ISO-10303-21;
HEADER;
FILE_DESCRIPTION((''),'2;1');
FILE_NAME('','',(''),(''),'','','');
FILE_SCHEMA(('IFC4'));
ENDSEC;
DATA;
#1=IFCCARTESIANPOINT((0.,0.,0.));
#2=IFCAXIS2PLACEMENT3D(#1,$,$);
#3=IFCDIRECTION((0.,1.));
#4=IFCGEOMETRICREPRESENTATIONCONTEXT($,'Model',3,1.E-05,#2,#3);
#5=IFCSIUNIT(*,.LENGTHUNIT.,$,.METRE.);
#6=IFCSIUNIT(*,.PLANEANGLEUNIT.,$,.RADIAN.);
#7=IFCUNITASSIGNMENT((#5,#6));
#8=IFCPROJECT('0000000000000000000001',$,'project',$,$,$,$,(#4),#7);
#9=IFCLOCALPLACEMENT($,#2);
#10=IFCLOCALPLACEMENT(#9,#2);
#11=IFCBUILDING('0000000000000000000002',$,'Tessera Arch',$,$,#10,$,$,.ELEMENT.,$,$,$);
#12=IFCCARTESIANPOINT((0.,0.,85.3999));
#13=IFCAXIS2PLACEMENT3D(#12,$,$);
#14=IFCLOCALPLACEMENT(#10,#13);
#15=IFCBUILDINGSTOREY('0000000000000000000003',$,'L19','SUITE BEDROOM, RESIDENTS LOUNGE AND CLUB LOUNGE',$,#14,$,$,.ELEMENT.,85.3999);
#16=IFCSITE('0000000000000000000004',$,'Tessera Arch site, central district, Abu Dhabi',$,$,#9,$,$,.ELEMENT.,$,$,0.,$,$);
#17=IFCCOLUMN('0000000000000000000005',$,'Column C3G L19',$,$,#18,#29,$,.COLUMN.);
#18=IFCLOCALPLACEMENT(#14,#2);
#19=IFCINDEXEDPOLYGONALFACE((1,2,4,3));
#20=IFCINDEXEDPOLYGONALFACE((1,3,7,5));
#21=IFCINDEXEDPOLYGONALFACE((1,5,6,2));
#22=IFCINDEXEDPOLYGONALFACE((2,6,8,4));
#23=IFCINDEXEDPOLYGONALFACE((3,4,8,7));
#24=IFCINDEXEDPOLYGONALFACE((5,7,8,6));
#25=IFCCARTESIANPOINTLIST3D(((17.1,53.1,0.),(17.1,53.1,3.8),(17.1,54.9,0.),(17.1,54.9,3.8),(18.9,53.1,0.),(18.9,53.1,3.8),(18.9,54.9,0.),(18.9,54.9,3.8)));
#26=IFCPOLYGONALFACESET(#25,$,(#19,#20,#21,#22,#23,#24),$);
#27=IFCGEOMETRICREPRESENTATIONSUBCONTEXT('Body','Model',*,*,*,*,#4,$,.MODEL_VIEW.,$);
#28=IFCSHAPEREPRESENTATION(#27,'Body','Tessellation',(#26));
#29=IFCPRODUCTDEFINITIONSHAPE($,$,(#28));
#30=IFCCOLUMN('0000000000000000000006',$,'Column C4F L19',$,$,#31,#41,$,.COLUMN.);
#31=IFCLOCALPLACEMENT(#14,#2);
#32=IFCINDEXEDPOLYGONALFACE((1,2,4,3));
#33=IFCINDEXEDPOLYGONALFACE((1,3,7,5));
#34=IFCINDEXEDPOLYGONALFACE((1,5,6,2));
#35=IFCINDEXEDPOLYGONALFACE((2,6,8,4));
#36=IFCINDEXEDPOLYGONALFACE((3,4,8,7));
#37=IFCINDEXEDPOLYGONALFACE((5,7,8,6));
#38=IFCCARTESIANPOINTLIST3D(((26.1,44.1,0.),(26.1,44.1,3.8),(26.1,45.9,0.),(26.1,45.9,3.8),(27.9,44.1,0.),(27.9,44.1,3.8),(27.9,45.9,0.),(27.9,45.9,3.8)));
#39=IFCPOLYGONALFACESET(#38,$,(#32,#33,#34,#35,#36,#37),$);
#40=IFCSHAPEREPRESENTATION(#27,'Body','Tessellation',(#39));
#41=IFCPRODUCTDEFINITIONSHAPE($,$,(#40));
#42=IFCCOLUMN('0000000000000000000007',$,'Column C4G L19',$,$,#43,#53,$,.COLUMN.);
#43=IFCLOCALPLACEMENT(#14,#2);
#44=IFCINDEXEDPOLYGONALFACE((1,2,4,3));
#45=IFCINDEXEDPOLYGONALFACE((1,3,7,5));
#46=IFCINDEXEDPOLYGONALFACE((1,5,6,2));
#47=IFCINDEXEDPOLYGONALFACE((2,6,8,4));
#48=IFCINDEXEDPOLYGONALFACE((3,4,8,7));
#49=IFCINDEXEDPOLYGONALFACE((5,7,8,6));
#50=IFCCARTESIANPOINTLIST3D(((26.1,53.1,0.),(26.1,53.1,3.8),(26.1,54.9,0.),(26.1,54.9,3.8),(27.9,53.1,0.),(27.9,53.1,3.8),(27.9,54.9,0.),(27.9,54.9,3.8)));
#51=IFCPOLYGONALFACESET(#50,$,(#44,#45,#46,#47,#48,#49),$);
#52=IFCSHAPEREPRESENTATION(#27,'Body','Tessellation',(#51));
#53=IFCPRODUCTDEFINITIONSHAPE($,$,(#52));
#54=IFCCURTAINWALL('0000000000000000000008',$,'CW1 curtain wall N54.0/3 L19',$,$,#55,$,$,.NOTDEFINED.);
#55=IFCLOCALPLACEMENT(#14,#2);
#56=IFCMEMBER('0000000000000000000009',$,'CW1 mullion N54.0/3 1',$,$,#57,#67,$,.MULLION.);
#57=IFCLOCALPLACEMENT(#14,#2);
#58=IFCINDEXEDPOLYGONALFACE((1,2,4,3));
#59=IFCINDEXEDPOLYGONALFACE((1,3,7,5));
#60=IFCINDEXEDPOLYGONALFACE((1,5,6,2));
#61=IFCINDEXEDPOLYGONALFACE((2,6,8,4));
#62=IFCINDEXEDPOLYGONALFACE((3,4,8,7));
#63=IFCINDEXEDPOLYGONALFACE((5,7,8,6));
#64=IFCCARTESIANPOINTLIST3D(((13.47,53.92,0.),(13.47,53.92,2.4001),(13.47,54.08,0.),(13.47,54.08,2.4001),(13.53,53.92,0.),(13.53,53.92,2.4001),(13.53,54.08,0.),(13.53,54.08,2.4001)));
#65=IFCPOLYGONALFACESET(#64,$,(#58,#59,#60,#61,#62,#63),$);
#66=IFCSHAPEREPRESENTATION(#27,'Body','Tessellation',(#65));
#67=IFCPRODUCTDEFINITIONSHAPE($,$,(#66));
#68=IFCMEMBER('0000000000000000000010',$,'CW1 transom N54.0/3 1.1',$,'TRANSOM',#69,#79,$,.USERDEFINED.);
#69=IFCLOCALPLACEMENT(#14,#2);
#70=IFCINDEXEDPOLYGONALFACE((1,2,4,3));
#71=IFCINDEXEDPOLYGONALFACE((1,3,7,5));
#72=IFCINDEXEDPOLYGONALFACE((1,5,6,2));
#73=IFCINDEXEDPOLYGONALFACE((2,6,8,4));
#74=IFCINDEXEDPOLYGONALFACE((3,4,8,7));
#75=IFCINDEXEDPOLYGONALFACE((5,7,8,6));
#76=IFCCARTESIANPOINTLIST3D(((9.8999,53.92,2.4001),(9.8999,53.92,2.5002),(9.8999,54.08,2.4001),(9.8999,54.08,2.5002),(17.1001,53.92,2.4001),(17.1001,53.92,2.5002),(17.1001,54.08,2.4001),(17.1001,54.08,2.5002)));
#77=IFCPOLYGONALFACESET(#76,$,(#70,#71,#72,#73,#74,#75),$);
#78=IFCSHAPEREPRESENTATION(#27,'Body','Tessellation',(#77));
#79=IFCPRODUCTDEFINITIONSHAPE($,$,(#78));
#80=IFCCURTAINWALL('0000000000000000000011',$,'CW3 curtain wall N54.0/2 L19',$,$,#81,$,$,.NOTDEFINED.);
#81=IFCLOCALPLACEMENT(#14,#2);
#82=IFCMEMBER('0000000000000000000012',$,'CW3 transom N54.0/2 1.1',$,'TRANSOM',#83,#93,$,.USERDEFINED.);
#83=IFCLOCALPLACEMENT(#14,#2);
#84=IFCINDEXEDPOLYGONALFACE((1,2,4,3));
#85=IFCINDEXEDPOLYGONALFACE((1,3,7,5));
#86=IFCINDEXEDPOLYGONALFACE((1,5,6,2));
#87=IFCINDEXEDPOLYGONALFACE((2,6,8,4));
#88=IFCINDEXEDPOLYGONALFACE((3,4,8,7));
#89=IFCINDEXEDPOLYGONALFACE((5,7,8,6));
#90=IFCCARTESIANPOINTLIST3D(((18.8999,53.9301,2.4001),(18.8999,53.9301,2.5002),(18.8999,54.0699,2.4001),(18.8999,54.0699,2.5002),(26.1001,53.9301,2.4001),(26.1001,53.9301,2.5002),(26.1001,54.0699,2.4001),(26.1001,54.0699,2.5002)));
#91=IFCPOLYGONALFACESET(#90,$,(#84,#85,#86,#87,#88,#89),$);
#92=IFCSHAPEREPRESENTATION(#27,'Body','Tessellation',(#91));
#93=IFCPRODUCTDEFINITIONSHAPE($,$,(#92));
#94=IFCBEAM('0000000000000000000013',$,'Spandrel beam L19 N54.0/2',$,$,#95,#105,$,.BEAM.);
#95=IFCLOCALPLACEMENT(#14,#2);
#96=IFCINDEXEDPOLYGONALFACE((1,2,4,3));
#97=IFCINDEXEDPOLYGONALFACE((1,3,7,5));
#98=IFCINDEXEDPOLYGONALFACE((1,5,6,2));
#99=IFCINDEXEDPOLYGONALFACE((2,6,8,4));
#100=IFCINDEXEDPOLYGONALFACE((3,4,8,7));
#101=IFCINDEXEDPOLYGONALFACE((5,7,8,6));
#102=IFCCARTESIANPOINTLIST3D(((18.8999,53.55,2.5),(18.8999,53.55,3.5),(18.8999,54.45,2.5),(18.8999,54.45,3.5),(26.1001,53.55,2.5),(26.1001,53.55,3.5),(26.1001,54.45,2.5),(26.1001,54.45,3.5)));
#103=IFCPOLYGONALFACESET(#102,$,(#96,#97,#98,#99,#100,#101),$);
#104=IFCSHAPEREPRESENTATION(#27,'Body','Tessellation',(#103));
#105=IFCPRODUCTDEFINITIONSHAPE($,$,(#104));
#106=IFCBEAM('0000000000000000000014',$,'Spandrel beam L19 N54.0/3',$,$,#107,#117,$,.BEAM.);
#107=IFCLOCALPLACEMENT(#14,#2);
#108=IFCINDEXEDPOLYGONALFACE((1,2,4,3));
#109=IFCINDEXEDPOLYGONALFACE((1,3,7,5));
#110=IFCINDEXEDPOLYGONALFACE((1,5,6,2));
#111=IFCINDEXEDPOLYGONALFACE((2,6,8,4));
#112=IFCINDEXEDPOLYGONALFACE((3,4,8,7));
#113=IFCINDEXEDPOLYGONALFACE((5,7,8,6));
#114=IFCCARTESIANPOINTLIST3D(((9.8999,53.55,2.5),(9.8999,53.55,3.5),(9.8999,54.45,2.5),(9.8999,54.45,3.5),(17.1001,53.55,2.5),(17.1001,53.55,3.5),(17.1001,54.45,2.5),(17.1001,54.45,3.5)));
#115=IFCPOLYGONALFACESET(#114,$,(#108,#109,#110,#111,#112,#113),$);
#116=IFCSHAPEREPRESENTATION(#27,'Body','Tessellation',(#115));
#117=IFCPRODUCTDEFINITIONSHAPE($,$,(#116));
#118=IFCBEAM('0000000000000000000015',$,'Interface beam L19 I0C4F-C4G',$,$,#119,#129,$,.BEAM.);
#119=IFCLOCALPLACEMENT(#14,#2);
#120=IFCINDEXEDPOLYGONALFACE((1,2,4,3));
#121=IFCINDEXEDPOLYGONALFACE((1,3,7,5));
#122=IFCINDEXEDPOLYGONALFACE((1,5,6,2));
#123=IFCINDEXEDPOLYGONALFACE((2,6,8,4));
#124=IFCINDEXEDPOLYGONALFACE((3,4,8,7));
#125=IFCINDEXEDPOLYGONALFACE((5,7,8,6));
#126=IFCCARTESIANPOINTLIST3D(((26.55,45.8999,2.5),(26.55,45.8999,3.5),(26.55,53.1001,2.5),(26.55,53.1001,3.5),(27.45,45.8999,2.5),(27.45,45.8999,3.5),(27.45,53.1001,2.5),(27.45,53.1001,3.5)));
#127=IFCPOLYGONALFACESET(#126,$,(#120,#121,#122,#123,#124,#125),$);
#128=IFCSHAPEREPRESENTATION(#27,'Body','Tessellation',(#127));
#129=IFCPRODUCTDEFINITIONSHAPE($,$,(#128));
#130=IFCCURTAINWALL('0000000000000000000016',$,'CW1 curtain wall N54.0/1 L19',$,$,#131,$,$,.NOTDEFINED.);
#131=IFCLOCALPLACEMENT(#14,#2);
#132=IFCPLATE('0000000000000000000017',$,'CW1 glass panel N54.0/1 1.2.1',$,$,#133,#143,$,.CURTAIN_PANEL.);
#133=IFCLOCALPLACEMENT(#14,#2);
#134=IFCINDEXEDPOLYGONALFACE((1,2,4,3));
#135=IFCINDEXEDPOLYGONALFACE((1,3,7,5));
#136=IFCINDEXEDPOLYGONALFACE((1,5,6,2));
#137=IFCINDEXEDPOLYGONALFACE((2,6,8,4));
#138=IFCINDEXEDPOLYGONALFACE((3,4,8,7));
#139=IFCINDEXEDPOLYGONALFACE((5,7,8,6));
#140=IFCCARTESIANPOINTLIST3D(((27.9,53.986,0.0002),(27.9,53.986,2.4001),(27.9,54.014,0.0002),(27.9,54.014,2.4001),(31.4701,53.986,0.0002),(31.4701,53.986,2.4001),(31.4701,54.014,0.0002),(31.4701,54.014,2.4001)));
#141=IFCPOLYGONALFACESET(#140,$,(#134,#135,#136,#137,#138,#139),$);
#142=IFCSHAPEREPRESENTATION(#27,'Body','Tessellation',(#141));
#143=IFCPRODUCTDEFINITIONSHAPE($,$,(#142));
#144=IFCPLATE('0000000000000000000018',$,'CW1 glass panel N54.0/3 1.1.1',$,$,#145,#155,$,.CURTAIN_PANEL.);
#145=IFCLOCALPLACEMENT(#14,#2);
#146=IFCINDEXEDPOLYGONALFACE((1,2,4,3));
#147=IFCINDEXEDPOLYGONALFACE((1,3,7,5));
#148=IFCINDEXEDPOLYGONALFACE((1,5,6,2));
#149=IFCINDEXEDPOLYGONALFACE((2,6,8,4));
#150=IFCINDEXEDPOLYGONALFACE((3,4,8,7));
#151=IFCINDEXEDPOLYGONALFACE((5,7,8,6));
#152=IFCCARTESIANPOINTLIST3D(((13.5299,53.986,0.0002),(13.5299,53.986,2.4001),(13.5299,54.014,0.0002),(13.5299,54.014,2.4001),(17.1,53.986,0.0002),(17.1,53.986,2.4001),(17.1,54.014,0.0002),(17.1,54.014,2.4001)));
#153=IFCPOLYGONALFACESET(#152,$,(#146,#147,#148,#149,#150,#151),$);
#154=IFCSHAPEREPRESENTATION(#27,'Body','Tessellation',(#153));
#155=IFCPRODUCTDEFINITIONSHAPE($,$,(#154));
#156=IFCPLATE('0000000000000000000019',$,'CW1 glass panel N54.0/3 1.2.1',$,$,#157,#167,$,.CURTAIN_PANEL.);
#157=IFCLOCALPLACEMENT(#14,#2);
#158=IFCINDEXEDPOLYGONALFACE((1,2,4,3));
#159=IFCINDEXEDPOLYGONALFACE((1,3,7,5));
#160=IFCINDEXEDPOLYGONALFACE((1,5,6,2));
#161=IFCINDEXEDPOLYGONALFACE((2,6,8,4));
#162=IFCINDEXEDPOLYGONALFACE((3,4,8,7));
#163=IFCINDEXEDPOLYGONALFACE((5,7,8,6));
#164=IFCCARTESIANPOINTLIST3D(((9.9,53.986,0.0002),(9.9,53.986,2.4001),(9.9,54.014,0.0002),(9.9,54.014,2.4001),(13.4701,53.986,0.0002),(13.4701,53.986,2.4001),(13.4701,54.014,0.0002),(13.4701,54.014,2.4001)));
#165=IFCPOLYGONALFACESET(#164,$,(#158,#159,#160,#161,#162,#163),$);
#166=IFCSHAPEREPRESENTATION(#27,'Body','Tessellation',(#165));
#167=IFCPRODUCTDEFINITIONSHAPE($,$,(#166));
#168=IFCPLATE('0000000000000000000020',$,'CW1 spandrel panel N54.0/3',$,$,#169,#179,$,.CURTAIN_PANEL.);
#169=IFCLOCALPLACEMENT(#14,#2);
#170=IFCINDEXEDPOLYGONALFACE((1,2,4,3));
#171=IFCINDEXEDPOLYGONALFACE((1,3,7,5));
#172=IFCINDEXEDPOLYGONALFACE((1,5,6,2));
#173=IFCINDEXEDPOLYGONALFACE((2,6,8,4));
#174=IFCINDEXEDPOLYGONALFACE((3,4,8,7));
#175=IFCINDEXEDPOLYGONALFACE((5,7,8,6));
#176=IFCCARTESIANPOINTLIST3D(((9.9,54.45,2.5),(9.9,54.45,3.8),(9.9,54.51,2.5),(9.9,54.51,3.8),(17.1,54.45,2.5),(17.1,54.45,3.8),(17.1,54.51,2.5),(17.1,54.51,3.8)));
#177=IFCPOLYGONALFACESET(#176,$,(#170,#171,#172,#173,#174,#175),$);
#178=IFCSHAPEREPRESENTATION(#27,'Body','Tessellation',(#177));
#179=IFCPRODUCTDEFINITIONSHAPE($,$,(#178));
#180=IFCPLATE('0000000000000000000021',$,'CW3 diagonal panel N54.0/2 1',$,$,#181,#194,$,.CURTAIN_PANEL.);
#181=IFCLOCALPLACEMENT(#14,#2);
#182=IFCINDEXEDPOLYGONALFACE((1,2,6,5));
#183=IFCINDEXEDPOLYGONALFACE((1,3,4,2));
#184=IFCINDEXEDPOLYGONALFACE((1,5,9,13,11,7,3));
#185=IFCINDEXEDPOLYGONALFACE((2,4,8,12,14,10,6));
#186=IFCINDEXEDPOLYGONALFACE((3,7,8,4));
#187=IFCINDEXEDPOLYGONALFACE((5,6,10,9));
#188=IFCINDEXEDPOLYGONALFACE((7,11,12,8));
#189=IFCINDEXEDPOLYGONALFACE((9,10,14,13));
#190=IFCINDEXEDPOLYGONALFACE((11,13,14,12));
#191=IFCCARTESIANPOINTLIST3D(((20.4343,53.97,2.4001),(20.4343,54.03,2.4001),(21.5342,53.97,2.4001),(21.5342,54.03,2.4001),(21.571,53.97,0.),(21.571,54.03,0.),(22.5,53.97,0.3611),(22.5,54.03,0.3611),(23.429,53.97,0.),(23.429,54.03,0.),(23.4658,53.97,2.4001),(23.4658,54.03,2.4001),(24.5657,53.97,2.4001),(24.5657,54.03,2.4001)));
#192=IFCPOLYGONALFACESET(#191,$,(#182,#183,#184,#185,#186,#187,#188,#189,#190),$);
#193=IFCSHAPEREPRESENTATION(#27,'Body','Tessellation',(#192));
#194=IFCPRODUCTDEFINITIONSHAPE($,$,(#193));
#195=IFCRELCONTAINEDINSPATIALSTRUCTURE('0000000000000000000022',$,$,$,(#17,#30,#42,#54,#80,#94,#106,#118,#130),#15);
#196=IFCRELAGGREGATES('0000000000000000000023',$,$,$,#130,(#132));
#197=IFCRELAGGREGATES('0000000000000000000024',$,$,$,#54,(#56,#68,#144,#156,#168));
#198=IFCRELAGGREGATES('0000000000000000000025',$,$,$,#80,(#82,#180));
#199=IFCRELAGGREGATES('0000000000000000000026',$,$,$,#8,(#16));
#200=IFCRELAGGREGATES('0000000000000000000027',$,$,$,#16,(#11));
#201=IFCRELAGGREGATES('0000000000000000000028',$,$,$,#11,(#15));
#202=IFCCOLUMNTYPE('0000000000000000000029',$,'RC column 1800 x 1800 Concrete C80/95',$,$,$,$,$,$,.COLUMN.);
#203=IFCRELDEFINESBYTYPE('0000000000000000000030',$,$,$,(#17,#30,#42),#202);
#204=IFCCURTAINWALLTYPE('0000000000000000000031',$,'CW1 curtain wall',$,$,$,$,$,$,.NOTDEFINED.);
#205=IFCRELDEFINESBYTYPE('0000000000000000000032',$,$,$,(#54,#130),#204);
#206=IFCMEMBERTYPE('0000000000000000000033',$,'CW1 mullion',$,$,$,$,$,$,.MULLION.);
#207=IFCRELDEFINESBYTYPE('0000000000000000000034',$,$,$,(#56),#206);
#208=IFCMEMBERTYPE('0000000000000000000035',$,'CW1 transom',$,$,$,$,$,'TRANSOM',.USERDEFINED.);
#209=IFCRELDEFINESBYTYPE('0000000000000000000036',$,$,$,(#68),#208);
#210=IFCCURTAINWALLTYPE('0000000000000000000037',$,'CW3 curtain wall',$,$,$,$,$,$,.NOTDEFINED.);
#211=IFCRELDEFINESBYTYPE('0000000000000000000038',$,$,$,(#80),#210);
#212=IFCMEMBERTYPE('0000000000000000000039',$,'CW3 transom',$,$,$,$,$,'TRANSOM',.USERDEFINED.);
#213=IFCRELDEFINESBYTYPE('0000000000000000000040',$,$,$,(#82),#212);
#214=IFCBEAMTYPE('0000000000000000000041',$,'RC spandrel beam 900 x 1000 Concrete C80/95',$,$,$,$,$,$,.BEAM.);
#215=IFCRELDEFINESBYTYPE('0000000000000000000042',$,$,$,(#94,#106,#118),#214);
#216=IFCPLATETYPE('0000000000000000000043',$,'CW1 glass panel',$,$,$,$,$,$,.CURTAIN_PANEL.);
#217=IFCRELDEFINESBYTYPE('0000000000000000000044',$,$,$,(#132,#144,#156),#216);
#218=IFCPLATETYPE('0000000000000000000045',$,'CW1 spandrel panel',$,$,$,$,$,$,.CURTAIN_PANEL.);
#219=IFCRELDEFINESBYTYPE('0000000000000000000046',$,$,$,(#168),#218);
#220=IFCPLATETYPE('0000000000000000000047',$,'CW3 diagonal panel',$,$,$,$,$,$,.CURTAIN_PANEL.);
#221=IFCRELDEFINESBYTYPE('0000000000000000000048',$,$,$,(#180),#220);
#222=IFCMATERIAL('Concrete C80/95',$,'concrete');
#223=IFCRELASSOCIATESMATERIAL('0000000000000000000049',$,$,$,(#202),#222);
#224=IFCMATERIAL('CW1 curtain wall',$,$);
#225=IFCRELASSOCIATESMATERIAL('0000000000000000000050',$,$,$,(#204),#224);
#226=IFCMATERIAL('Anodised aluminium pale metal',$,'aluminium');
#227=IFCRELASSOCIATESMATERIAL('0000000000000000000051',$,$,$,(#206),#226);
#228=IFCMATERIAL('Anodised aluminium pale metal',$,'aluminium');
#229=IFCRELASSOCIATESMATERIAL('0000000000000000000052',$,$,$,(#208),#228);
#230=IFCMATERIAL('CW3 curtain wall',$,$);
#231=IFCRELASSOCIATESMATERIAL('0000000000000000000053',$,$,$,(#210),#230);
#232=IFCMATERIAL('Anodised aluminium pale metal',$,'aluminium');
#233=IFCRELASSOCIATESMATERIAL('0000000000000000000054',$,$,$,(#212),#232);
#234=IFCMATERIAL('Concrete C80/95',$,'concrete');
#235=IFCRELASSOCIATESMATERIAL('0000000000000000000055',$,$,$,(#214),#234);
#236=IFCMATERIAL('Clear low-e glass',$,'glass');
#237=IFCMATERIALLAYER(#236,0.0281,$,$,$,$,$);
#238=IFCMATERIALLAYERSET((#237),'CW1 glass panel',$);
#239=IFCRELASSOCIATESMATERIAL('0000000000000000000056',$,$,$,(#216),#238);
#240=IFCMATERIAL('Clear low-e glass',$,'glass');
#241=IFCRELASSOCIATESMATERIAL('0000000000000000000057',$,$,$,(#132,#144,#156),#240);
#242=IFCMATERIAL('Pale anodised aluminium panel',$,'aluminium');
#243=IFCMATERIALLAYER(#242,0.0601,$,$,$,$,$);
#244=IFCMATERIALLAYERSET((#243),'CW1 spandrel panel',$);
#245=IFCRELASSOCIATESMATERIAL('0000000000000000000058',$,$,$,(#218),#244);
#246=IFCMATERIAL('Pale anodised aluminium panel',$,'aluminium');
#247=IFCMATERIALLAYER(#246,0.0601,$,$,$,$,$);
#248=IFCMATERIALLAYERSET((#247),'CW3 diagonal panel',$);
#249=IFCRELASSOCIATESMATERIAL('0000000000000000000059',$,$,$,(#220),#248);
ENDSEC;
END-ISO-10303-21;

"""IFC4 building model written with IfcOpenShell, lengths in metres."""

from ifc_helpers import new_model, si_unit, direction, frame, origin, origin_2d, place, context, subcontext, project, spatial, polyline, rectangle, outline, extrude, material, layer, layer_set, material_profile, profile_set, type_object, element, aggregate, save


model = new_model("IFC4")

# Units and contexts
model_context = context("Model", 3, precision=1e-05, world=origin(), true_north=direction((0.0, 1.0)))
body_context = subcontext(model_context, "Body", "Model", "MODEL_VIEW")
ifc_project = project(units=[si_unit("LENGTHUNIT", "METRE"), si_unit("PLANEANGLEUNIT", "RADIAN")], contexts=[model_context])

# Site, building, storey
site_placement = place(None, origin())
site = spatial("IfcSite", under=ifc_project, at=site_placement, Name="Tessera Arch site, central district, Abu Dhabi", CompositionType="ELEMENT", RefElevation=0.0)
building_placement = place(site_placement, origin())
building = spatial("IfcBuilding", under=site, at=building_placement, Name="Tessera Arch", CompositionType="ELEMENT")
storey_placement = place(building_placement, frame((0.0, 0.0, 85.3999)))
storey = spatial("IfcBuildingStorey", under=building, at=storey_placement, Name="L19", Description="SUITE BEDROOM, RESIDENTS LOUNGE AND CLUB LOUNGE", CompositionType="ELEMENT", Elevation=85.3999)

# Columns
ifc_material_1 = material(Name="Concrete C80/95", Category="concrete")
ifc_material_profile_1 = material_profile(ifc_material_1, rectangle(XDim=1.8, YDim=1.8, at=origin_2d()), Name="RC column 1800 x 1800 Concrete C80/95")
ifc_profile_set_1 = profile_set([ifc_material_profile_1], Name="Concrete C80/95")
column_type = type_object("IfcColumnType", Name="RC column 1800 x 1800 Concrete C80/95", PredefinedType="COLUMN", material=ifc_profile_set_1)
for number, where, z_axis, x_axis, name in (
    (1, (18.0, 54.0, 0.0), (0.0, 0.0, 1.0), (1.0, 0.0, 0.0), "Column C3G L19"),
    (2, (27.0, 45.0, 0.0), (0.0, 0.0, 1.0), (1.0, 0.0, 0.0), "Column C4F L19"),
    (3, (27.0, 54.0, 0.0), (0.0, 0.0, 1.0), (1.0, 0.0, 0.0), "Column C4G L19"),
):
    element("IfcColumn", number, at=place(storey_placement, frame(where, z_axis=z_axis, x_axis=x_axis)), inside=storey, type_object=column_type, Name=name, PredefinedType="COLUMN", context=body_context, shape_type="SweptSolid", body=[
        extrude(rectangle(XDim=1.8, YDim=1.8, at=origin_2d()), origin(), (0.0, 0.0, 1.0), 3.8),
    ])

# Curtain wall, members
ifc_material_2 = material(Name="CW1 curtain wall")
curtain_wall_type_1 = type_object("IfcCurtainWallType", Name="CW1 curtain wall", PredefinedType="NOTDEFINED", material=ifc_material_2)
curtain_wall_1_placement = place(storey_placement, origin())
curtain_wall_1 = element("IfcCurtainWall", 4, at=curtain_wall_1_placement, inside=storey, type_object=curtain_wall_type_1, Name="CW1 curtain wall N54.0/3 L19", PredefinedType="NOTDEFINED")
ifc_material_3 = material(Name="Anodised aluminium pale metal", Category="aluminium")
ifc_material_profile_2 = material_profile(ifc_material_3, rectangle(XDim=0.1599, YDim=0.0601, at=origin_2d()), Name="AL 60x160")
ifc_profile_set_2 = profile_set([ifc_material_profile_2], Name="Anodised aluminium pale metal")
member_type_1 = type_object("IfcMemberType", Name="CW1 mullion", PredefinedType="MULLION", material=ifc_profile_set_2)
member_1_placement = place(storey_placement, frame((13.5, 54.0, 0.0), z_axis=(0.0, 0.0, 1.0), x_axis=(0.0, -1.0, 0.0)))
member_1 = element("IfcMember", 5, at=member_1_placement, type_object=member_type_1, Name="CW1 mullion N54.0/3 1", PredefinedType="MULLION", context=body_context, shape_type="SweptSolid", body=[
    extrude(rectangle(XDim=0.1599, YDim=0.0601, at=origin_2d()), origin(), (0.0, 0.0, 1.0), 2.4001),
])
ifc_material_4 = material(Name="Anodised aluminium pale metal", Category="aluminium")
ifc_material_profile_3 = material_profile(ifc_material_4, rectangle(XDim=0.1599, YDim=0.1001, at=origin_2d()), Name="AL 160x100")
ifc_profile_set_3 = profile_set([ifc_material_profile_3], Name="Anodised aluminium pale metal")
member_type_2 = type_object("IfcMemberType", Name="CW1 transom", ElementType="TRANSOM", PredefinedType="USERDEFINED", material=ifc_profile_set_3)
member_2_placement = place(storey_placement, frame((17.1001, 54.0, 2.4502), z_axis=(-1.0, 0.0, 0.0), x_axis=(0.0, -1.0, 0.0)))
member_2 = element("IfcMember", 6, at=member_2_placement, type_object=member_type_2, Name="CW1 transom N54.0/3 1.1", ObjectType="TRANSOM", PredefinedType="USERDEFINED", context=body_context, shape_type="SweptSolid", body=[
    extrude(rectangle(XDim=0.1599, YDim=0.1001, at=origin_2d()), origin(), (0.0, 0.0, 1.0), 7.2002),
])

# Curtain wall, member
ifc_material_5 = material(Name="CW3 curtain wall")
curtain_wall_type_2 = type_object("IfcCurtainWallType", Name="CW3 curtain wall", PredefinedType="NOTDEFINED", material=ifc_material_5)
curtain_wall_2_placement = place(storey_placement, origin())
curtain_wall_2 = element("IfcCurtainWall", 7, at=curtain_wall_2_placement, inside=storey, type_object=curtain_wall_type_2, Name="CW3 curtain wall N54.0/2 L19", PredefinedType="NOTDEFINED")
ifc_material_6 = material(Name="Anodised aluminium pale metal", Category="aluminium")
ifc_material_profile_4 = material_profile(ifc_material_6, rectangle(XDim=0.1399, YDim=0.1001, at=origin_2d()), Name="AL 140x100")
ifc_profile_set_4 = profile_set([ifc_material_profile_4], Name="Anodised aluminium pale metal")
member_type_3 = type_object("IfcMemberType", Name="CW3 transom", ElementType="TRANSOM", PredefinedType="USERDEFINED", material=ifc_profile_set_4)
member_3_placement = place(storey_placement, frame((26.1001, 54.0, 2.4502), z_axis=(-1.0, 0.0, 0.0), x_axis=(0.0, -1.0, 0.0)))
member_3 = element("IfcMember", 8, at=member_3_placement, type_object=member_type_3, Name="CW3 transom N54.0/2 1.1", ObjectType="TRANSOM", PredefinedType="USERDEFINED", context=body_context, shape_type="SweptSolid", body=[
    extrude(rectangle(XDim=0.1399, YDim=0.1001, at=origin_2d()), origin(), (0.0, 0.0, 1.0), 7.2002),
])

# Beams
ifc_material_7 = material(Name="Concrete C80/95", Category="concrete")
ifc_material_profile_5 = material_profile(ifc_material_7, rectangle(XDim=0.8999, YDim=1.0, at=origin_2d()), Name="RC spandrel beam 900 x 1000 Concrete C80/95")
ifc_profile_set_5 = profile_set([ifc_material_profile_5], Name="Concrete C80/95")
beam_type = type_object("IfcBeamType", Name="RC spandrel beam 900 x 1000 Concrete C80/95", PredefinedType="BEAM", material=ifc_profile_set_5)
for number, where, z_axis, x_axis, name in (
    (9, (26.1001, 54.0, 3.0), (-1.0, 0.0, 0.0), (0.0, -1.0, 0.0), "Spandrel beam L19 N54.0/2"),
    (10, (17.1001, 54.0, 3.0), (-1.0, 0.0, 0.0), (0.0, -1.0, 0.0), "Spandrel beam L19 N54.0/3"),
    (11, (27.0, 45.8999, 3.0), (0.0, 1.0, 0.0), (-1.0, 0.0, 0.0), "Interface beam L19 I0C4F-C4G"),
):
    element("IfcBeam", number, at=place(storey_placement, frame(where, z_axis=z_axis, x_axis=x_axis)), inside=storey, type_object=beam_type, Name=name, PredefinedType="BEAM", context=body_context, shape_type="SweptSolid", body=[
        extrude(rectangle(XDim=0.8999, YDim=1.0, at=origin_2d()), origin(), (0.0, 0.0, 1.0), 7.2002),
    ])

# Curtain wall, plate
curtain_wall_3_placement = place(storey_placement, origin())
curtain_wall_3 = element("IfcCurtainWall", 12, at=curtain_wall_3_placement, inside=storey, type_object=curtain_wall_type_1, Name="CW1 curtain wall N54.0/1 L19", PredefinedType="NOTDEFINED")
ifc_material_8 = material(Name="Clear low-e glass", Category="glass")
ifc_material_9 = material(Name="Clear low-e glass", Category="glass")
ifc_layer_1 = layer(ifc_material_9, 0.0281)
ifc_layer_set_1 = layer_set([ifc_layer_1], Name="CW1 glass panel")
plate_type_1 = type_object("IfcPlateType", Name="CW1 glass panel", PredefinedType="CURTAIN_PANEL", material=ifc_layer_set_1)
plate_1_placement = place(storey_placement, frame((29.6851, 54.0, 0.0002), z_axis=(0.0, 0.0, 1.0), x_axis=(-1.0, 0.0, 0.0)))
plate_1 = element("IfcPlate", 13, at=plate_1_placement, type_object=plate_type_1, material=ifc_material_8, Name="CW1 glass panel N54.0/1 1.2.1", PredefinedType="CURTAIN_PANEL", context=body_context, shape_type="SweptSolid", body=[
    extrude(rectangle(XDim=3.5701, YDim=0.0281, at=origin_2d()), origin(), (0.0, 0.0, 1.0), 2.3999),
])
aggregate(curtain_wall_3, [plate_1])

# Plates
plate_2_placement = place(storey_placement, frame((15.3149, 54.0, 0.0002), z_axis=(0.0, 0.0, 1.0), x_axis=(-1.0, 0.0, 0.0)))
plate_2 = element("IfcPlate", 14, at=plate_2_placement, type_object=plate_type_1, material=ifc_material_8, Name="CW1 glass panel N54.0/3 1.1.1", PredefinedType="CURTAIN_PANEL", context=body_context, shape_type="SweptSolid", body=[
    extrude(rectangle(XDim=3.5701, YDim=0.0281, at=origin_2d()), origin(), (0.0, 0.0, 1.0), 2.3999),
])
plate_3_placement = place(storey_placement, frame((11.6851, 54.0, 0.0002), z_axis=(0.0, 0.0, 1.0), x_axis=(-1.0, 0.0, 0.0)))
plate_3 = element("IfcPlate", 15, at=plate_3_placement, type_object=plate_type_1, material=ifc_material_8, Name="CW1 glass panel N54.0/3 1.2.1", PredefinedType="CURTAIN_PANEL", context=body_context, shape_type="SweptSolid", body=[
    extrude(rectangle(XDim=3.5701, YDim=0.0281, at=origin_2d()), origin(), (0.0, 0.0, 1.0), 2.3999),
])
ifc_material_10 = material(Name="Pale anodised aluminium panel", Category="aluminium")
ifc_layer_2 = layer(ifc_material_10, 0.0601)
ifc_layer_set_2 = layer_set([ifc_layer_2], Name="CW1 spandrel panel")
plate_type_2 = type_object("IfcPlateType", Name="CW1 spandrel panel", PredefinedType="CURTAIN_PANEL", material=ifc_layer_set_2)
plate_4_placement = place(storey_placement, frame((13.5, 54.48, 2.5), z_axis=(0.0, 0.0, 1.0), x_axis=(-1.0, 0.0, 0.0)))
plate_4 = element("IfcPlate", 16, at=plate_4_placement, type_object=plate_type_2, Name="CW1 spandrel panel N54.0/3", PredefinedType="CURTAIN_PANEL", context=body_context, shape_type="SweptSolid", body=[
    extrude(rectangle(XDim=7.2, YDim=0.0601, at=origin_2d()), origin(), (0.0, 0.0, 1.0), 1.3),
])
aggregate(curtain_wall_1, [member_1, member_2, plate_2, plate_3, plate_4])
ifc_material_11 = material(Name="Pale anodised aluminium panel", Category="aluminium")
ifc_layer_3 = layer(ifc_material_11, 0.0601)
ifc_layer_set_3 = layer_set([ifc_layer_3], Name="CW3 diagonal panel")
plate_type_3 = type_object("IfcPlateType", Name="CW3 diagonal panel", PredefinedType="CURTAIN_PANEL", material=ifc_layer_set_3)
plate_5_placement = place(storey_placement, frame((20.4343, 54.03, 2.4001), z_axis=(0.0, 1.0, 0.0), x_axis=(1.0, 0.0, 0.0)))
plate_5 = element("IfcPlate", 17, at=plate_5_placement, type_object=plate_type_3, Name="CW3 diagonal panel N54.0/2 1", PredefinedType="CURTAIN_PANEL", context=body_context, shape_type="SweptSolid", body=[
    extrude(outline(polyline([(0.0, 0.0), (1.0999, 0.0), (2.0657, 2.0391), (3.0315, 0.0), (4.1313, 0.0), (2.9946, 2.4001), (1.1367, 2.4001), (0.0, 0.0)])), origin(), (0.0, 0.0, -1.0), 0.0601),
])
aggregate(curtain_wall_2, [member_3, plate_5])

save(model, "model.ifc")
